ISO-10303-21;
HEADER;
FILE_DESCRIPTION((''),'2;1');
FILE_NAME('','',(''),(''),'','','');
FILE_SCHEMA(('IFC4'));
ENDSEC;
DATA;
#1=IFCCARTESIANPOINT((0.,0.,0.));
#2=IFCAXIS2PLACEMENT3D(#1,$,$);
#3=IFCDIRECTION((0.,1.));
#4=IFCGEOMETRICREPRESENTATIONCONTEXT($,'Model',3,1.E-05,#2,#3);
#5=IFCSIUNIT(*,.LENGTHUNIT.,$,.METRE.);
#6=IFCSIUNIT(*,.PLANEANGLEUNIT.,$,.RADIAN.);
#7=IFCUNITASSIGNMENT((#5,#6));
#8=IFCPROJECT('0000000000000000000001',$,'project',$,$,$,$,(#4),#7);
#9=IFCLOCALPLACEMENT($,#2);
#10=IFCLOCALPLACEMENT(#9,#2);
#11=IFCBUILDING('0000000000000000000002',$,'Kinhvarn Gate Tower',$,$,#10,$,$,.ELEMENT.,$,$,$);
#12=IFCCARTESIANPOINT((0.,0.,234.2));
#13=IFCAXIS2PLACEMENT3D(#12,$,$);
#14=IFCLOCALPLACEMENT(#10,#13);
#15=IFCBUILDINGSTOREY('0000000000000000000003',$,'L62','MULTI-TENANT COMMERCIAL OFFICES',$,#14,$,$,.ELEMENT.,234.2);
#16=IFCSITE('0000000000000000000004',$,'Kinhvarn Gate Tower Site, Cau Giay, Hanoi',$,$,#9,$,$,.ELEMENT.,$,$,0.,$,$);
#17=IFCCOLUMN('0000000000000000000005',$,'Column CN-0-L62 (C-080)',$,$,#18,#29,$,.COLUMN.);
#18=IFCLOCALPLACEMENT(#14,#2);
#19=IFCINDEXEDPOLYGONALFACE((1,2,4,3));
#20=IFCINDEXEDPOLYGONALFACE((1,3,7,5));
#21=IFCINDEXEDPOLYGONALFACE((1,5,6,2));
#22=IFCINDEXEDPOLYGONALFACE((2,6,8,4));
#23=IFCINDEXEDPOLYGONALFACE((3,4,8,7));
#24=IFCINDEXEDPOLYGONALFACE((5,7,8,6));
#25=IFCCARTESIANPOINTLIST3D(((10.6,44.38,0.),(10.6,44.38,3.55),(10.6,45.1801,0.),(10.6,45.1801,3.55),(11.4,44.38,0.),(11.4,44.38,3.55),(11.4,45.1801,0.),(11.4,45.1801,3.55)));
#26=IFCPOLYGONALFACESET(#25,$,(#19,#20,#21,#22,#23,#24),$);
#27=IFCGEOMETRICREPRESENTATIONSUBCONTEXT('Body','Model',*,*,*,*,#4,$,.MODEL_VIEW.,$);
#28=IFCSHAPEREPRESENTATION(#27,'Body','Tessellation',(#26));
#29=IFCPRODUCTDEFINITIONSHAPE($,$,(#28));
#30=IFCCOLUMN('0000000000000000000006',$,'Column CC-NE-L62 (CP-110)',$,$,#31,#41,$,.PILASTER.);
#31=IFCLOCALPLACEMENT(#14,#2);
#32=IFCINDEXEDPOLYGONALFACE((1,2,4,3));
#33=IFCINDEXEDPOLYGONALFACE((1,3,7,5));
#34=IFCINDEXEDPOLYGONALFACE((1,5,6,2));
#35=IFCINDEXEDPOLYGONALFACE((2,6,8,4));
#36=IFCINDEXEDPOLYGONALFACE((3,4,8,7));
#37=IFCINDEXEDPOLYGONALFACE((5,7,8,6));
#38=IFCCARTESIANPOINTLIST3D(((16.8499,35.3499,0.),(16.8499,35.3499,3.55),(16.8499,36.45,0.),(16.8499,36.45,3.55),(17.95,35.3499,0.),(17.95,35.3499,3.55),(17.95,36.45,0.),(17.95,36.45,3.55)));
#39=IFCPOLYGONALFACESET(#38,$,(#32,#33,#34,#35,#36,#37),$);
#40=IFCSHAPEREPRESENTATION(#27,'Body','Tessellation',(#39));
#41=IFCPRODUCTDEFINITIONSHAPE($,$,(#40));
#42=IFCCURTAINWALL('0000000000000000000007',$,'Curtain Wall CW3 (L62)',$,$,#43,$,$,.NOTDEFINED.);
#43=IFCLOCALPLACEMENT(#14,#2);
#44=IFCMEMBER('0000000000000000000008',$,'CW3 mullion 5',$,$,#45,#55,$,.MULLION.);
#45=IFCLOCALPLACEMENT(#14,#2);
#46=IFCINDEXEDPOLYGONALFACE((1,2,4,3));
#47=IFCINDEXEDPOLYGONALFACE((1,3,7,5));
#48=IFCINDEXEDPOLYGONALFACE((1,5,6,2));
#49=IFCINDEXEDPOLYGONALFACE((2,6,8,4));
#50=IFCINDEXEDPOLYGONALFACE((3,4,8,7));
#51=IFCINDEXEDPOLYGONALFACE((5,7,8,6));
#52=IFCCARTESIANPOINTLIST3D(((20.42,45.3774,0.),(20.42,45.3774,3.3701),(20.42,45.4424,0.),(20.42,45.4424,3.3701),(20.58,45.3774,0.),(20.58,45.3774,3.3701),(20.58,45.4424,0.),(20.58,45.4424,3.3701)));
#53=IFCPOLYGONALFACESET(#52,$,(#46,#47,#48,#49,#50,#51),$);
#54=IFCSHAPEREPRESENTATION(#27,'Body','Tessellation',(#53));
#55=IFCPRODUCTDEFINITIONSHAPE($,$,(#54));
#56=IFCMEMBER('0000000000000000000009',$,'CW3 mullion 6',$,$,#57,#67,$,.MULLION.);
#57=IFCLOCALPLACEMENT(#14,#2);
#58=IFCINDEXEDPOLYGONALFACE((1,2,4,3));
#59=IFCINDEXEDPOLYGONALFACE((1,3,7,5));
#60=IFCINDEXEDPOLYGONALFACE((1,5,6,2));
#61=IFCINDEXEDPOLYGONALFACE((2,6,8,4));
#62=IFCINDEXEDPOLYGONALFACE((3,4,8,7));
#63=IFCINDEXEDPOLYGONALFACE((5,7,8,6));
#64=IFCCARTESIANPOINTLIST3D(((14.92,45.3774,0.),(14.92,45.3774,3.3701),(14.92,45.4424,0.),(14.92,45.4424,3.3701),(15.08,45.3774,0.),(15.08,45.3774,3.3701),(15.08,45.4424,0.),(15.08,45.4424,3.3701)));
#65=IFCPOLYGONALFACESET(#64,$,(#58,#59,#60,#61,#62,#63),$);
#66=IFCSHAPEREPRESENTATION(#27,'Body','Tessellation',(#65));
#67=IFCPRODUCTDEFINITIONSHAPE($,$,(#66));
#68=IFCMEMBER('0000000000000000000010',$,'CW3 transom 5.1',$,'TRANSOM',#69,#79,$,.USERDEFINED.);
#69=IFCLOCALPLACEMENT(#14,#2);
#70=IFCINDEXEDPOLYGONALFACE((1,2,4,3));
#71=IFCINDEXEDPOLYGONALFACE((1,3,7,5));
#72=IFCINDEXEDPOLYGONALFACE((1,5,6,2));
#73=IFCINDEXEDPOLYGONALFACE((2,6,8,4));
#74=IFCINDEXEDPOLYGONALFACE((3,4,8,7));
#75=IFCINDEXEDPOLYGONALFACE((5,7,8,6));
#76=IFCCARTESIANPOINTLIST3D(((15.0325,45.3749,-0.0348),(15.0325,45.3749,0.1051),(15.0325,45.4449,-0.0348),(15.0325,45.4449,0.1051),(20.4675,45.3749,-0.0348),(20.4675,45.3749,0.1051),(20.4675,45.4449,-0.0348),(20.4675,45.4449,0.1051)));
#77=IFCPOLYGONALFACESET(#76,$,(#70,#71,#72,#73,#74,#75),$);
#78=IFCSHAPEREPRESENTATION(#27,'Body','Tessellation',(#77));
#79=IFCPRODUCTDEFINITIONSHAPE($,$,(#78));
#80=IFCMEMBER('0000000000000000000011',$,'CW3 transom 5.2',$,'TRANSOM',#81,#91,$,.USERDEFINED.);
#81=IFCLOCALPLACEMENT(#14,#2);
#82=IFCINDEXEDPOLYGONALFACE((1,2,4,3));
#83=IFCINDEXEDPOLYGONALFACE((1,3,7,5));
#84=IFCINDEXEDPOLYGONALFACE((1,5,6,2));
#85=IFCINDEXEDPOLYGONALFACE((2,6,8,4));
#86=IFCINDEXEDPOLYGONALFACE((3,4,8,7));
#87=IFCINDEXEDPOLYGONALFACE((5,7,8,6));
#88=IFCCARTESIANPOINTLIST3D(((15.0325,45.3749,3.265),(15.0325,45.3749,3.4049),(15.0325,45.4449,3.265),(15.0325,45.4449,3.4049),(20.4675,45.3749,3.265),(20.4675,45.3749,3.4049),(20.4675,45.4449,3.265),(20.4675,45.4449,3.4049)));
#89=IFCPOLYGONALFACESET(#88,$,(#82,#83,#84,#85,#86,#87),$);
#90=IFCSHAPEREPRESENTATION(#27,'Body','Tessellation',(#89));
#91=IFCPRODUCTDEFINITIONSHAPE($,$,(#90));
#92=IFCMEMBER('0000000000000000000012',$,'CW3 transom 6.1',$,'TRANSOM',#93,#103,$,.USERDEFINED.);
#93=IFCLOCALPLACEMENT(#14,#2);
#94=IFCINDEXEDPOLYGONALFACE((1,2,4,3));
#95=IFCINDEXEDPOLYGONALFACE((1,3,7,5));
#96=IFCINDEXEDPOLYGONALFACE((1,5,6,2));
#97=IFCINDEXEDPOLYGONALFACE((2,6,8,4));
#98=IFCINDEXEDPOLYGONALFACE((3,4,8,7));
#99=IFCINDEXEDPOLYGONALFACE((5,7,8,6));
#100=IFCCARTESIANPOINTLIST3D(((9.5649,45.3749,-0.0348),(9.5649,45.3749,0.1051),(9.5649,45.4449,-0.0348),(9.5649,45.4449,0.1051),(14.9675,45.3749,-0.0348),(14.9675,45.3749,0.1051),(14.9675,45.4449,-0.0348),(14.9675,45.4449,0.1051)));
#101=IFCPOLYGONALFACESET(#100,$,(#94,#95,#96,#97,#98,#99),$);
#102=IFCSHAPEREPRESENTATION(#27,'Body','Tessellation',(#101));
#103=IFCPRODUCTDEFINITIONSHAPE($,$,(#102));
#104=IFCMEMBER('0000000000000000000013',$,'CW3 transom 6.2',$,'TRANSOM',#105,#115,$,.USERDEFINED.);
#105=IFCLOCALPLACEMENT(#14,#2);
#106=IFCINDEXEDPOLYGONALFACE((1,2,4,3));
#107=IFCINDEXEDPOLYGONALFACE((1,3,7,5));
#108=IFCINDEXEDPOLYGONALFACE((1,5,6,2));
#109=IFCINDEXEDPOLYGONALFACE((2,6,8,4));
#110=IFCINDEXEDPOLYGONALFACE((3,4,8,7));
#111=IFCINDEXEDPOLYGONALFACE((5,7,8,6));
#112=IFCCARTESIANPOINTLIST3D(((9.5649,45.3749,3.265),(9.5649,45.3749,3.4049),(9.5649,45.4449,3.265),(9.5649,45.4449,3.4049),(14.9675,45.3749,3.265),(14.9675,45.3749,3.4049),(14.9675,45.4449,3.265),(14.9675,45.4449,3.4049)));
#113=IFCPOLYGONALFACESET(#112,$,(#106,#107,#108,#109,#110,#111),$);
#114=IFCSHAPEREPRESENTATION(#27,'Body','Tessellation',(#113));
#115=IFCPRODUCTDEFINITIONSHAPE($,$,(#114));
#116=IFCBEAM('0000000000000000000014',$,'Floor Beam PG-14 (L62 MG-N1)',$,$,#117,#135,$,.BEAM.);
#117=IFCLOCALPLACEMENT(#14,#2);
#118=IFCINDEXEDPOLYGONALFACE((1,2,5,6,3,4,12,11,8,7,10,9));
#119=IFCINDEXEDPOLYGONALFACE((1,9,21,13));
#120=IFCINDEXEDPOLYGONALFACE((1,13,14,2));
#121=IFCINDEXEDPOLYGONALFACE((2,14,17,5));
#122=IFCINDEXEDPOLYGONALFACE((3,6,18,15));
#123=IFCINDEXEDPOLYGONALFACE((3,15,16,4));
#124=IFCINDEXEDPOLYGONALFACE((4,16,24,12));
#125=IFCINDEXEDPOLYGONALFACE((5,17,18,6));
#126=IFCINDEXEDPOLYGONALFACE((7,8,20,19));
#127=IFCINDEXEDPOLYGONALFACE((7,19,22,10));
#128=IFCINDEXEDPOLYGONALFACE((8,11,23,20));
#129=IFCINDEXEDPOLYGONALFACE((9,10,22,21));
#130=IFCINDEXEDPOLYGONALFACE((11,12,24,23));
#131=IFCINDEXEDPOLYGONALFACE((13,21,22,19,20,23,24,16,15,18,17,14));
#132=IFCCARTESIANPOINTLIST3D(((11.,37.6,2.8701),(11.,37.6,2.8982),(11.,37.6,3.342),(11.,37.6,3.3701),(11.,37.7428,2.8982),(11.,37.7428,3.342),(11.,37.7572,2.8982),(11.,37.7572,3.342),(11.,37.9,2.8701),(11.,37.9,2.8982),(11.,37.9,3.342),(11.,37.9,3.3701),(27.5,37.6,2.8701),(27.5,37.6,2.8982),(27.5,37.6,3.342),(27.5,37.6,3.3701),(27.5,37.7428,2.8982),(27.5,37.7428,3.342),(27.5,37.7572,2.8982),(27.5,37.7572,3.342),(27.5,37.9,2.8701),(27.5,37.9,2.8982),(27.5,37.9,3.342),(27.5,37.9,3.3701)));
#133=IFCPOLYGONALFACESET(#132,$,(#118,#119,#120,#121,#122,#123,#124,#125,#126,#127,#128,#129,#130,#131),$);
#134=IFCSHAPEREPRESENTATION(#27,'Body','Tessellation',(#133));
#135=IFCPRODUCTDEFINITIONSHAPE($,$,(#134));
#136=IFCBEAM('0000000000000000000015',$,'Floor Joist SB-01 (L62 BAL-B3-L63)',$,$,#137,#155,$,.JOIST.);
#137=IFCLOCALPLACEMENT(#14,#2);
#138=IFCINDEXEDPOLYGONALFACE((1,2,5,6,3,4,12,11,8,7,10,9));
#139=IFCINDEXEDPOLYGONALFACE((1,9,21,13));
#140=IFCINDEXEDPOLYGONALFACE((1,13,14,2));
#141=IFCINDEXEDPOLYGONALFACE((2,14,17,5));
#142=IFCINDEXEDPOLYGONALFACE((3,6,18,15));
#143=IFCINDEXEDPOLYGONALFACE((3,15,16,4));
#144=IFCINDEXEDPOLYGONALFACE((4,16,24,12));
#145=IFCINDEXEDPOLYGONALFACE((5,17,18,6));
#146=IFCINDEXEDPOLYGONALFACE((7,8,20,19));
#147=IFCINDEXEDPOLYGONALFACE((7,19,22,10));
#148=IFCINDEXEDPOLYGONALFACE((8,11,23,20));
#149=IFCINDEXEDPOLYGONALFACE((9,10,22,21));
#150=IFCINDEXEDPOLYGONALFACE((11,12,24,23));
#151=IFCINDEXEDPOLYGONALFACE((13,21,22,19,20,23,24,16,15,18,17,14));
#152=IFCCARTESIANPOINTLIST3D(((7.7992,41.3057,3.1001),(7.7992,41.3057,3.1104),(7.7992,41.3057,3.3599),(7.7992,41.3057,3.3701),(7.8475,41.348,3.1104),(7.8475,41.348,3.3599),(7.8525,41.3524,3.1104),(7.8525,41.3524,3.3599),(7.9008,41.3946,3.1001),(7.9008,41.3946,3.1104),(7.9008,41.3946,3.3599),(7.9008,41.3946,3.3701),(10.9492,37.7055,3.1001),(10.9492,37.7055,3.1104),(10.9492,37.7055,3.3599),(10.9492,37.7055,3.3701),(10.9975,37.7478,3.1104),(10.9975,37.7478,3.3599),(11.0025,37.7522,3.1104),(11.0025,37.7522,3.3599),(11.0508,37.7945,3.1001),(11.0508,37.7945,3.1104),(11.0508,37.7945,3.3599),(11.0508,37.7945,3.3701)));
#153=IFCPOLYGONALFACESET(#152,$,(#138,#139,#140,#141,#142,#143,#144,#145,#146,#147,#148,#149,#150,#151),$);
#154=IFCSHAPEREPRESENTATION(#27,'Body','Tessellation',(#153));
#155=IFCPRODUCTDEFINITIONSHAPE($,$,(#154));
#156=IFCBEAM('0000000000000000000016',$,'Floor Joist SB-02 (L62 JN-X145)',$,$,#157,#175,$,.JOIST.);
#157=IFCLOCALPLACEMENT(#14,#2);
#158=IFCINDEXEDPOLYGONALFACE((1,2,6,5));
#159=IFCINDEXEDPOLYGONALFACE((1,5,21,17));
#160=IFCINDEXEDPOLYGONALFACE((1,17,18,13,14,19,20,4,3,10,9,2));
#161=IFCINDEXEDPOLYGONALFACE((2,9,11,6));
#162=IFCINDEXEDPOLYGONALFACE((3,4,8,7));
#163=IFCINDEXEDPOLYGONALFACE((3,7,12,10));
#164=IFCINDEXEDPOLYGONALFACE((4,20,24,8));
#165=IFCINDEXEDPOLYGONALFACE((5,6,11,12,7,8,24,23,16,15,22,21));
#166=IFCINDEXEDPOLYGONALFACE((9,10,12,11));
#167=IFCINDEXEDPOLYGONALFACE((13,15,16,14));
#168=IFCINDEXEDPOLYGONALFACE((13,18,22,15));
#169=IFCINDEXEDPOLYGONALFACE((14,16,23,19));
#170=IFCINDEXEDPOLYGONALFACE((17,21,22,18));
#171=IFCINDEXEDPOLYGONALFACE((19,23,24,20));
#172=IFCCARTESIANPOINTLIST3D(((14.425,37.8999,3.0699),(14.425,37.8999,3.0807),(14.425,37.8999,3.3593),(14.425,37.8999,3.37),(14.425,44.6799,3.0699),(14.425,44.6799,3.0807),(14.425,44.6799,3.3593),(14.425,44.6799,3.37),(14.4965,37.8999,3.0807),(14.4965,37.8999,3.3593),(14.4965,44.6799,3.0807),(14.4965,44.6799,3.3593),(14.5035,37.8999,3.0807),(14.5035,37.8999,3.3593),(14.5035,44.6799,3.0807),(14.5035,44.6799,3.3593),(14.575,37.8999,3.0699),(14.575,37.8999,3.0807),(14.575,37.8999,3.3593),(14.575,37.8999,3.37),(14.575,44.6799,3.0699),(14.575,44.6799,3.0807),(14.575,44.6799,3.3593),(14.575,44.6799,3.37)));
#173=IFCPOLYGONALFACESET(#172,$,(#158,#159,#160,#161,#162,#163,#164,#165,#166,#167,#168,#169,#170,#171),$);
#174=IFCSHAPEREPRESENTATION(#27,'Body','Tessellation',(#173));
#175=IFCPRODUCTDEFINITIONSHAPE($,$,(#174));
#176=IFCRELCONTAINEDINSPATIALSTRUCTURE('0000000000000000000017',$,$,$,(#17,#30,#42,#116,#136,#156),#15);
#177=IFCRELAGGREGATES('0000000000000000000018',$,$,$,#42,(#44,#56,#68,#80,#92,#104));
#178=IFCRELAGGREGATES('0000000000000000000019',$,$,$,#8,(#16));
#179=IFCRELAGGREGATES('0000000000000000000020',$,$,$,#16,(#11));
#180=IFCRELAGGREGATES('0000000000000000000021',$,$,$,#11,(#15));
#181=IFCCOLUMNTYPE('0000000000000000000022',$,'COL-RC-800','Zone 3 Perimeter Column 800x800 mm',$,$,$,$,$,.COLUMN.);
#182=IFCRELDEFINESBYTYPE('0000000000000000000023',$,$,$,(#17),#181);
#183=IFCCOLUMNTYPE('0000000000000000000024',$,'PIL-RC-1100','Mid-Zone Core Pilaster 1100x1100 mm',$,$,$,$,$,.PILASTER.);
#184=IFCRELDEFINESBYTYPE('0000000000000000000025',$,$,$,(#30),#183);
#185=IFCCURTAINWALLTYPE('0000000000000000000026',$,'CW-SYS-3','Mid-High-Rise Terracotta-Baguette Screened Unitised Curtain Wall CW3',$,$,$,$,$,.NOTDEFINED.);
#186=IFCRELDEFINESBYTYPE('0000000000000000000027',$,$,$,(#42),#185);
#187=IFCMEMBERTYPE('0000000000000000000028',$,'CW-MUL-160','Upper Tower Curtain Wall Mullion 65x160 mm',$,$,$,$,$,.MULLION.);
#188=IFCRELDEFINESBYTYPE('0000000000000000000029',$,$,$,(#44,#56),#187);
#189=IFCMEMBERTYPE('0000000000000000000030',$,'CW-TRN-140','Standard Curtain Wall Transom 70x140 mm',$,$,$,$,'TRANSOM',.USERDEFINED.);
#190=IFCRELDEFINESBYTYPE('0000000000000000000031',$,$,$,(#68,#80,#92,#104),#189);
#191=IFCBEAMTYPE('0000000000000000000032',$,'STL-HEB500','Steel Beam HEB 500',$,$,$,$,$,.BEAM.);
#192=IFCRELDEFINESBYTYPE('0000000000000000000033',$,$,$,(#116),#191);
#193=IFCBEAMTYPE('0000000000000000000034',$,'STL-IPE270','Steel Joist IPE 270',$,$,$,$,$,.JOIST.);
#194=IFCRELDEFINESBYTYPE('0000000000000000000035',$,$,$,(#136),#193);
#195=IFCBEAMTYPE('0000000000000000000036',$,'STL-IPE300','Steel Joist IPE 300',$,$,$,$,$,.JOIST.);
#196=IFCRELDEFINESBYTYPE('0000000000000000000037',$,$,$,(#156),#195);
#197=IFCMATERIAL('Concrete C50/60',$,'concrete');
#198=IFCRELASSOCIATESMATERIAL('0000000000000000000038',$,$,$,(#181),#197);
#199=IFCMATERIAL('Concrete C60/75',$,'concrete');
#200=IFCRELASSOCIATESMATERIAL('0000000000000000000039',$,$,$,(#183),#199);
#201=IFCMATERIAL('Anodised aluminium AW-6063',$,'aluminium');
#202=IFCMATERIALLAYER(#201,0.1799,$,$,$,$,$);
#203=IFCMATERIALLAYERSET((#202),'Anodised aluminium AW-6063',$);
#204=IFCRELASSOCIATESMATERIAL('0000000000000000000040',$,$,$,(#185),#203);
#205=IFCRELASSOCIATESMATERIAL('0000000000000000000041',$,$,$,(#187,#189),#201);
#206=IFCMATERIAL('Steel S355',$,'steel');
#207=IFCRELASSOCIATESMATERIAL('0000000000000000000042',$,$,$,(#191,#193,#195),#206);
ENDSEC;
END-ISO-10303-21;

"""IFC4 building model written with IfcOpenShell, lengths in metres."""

from ifc_helpers import new_model, si_unit, direction, frame, origin, origin_2d, place, context, subcontext, project, spatial, rectangle, i_section, extrude, material, layer, layer_set, material_profile, profile_set, type_object, element, aggregate, save


model = new_model("IFC4")

# Units and contexts
model_context = context("Model", 3, precision=1e-05, world=origin(), true_north=direction((0.0, 1.0)))
body_context = subcontext(model_context, "Body", "Model", "MODEL_VIEW")
ifc_project = project(units=[si_unit("LENGTHUNIT", "METRE"), si_unit("PLANEANGLEUNIT", "RADIAN")], contexts=[model_context])

# Site, building, storey
site_placement = place(None, origin())
site = spatial("IfcSite", under=ifc_project, at=site_placement, Name="Kinhvarn Gate Tower Site, Cau Giay, Hanoi", CompositionType="ELEMENT", RefElevation=0.0)
building_placement = place(site_placement, origin())
building = spatial("IfcBuilding", under=site, at=building_placement, Name="Kinhvarn Gate Tower", CompositionType="ELEMENT")
storey_placement = place(building_placement, frame((0.0, 0.0, 234.2)))
storey = spatial("IfcBuildingStorey", under=building, at=storey_placement, Name="L62", Description="MULTI-TENANT COMMERCIAL OFFICES", CompositionType="ELEMENT", Elevation=234.2)

# Columns
ifc_material_1 = material(Name="Concrete C50/60", Category="concrete")
ifc_material_profile_1 = material_profile(ifc_material_1, rectangle(XDim=0.8, YDim=0.8, at=origin_2d()), Name="RC 800x800")
ifc_profile_set_1 = profile_set([ifc_material_profile_1], Name="Concrete C50/60")
column_type_1 = type_object("IfcColumnType", Name="COL-RC-800", Description="Zone 3 Perimeter Column 800x800 mm", PredefinedType="COLUMN", material=ifc_profile_set_1)
column_1_placement = place(storey_placement, frame((11.0, 44.78, 0.0), z_axis=(0.0, 0.0, 1.0), x_axis=(1.0, 0.0, 0.0)))
element("IfcColumn", 1, at=column_1_placement, inside=storey, type_object=column_type_1, Name="Column CN-0-L62 (C-080)", PredefinedType="COLUMN", context=body_context, shape_type="SweptSolid", body=[
    extrude(rectangle(XDim=0.8, YDim=0.8, at=origin_2d()), origin(), (0.0, 0.0, 1.0), 3.55),
])
ifc_material_2 = material(Name="Concrete C60/75", Category="concrete")
ifc_material_profile_2 = material_profile(ifc_material_2, rectangle(XDim=1.1001, YDim=1.1001, at=origin_2d()), Name="RC 1100x1100")
ifc_profile_set_2 = profile_set([ifc_material_profile_2], Name="Concrete C60/75")
column_type_2 = type_object("IfcColumnType", Name="PIL-RC-1100", Description="Mid-Zone Core Pilaster 1100x1100 mm", PredefinedType="PILASTER", material=ifc_profile_set_2)
column_2_placement = place(storey_placement, frame((17.3999, 35.8999, 0.0), z_axis=(0.0, 0.0, 1.0), x_axis=(1.0, 0.0, 0.0)))
element("IfcColumn", 2, at=column_2_placement, inside=storey, type_object=column_type_2, Name="Column CC-NE-L62 (CP-110)", PredefinedType="PILASTER", context=body_context, shape_type="SweptSolid", body=[
    extrude(rectangle(XDim=1.1001, YDim=1.1001, at=origin_2d()), origin(), (0.0, 0.0, 1.0), 3.55),
])

# Curtain wall, members
ifc_material_3 = material(Name="Anodised aluminium AW-6063", Category="aluminium")
ifc_layer_1 = layer(ifc_material_3, 0.1799)
ifc_layer_set_1 = layer_set([ifc_layer_1], Name="Anodised aluminium AW-6063")
curtain_wall_type = type_object("IfcCurtainWallType", Name="CW-SYS-3", Description="Mid-High-Rise Terracotta-Baguette Screened Unitised Curtain Wall CW3", PredefinedType="NOTDEFINED", material=ifc_layer_set_1)
curtain_wall_placement = place(storey_placement, origin())
curtain_wall = element("IfcCurtainWall", 3, at=curtain_wall_placement, inside=storey, type_object=curtain_wall_type, Name="Curtain Wall CW3 (L62)", PredefinedType="NOTDEFINED")
ifc_material_profile_3 = material_profile(ifc_material_3, rectangle(XDim=0.0649, YDim=0.1599, at=origin_2d()), Name="ALU 65x160")
ifc_profile_set_3 = profile_set([ifc_material_profile_3], Name="Anodised aluminium AW-6063")
member_type_1 = type_object("IfcMemberType", Name="CW-MUL-160", Description="Upper Tower Curtain Wall Mullion 65x160 mm", PredefinedType="MULLION", material=ifc_profile_set_3)
member_1_placement = place(storey_placement, frame((20.5, 45.4099, 0.0), z_axis=(0.0, 0.0, 1.0), x_axis=(0.0, -1.0, 0.0)))
member_1 = element("IfcMember", 4, at=member_1_placement, type_object=member_type_1, Name="CW3 mullion 5", PredefinedType="MULLION", context=body_context, shape_type="SweptSolid", body=[
    extrude(rectangle(XDim=0.0649, YDim=0.1599, at=origin_2d()), origin(), (0.0, 0.0, 1.0), 3.3701),
])
member_2_placement = place(storey_placement, frame((15.0, 45.4099, 0.0), z_axis=(0.0, 0.0, 1.0), x_axis=(0.0, -1.0, 0.0)))
member_2 = element("IfcMember", 5, at=member_2_placement, type_object=member_type_1, Name="CW3 mullion 6", PredefinedType="MULLION", context=body_context, shape_type="SweptSolid", body=[
    extrude(rectangle(XDim=0.0649, YDim=0.1599, at=origin_2d()), origin(), (0.0, 0.0, 1.0), 3.3701),
])
ifc_material_profile_4 = material_profile(ifc_material_3, rectangle(XDim=0.0701, YDim=0.1399, at=origin_2d()), Name="ALU 70x140")
ifc_profile_set_4 = profile_set([ifc_material_profile_4], Name="Anodised aluminium AW-6063")
member_type_2 = type_object("IfcMemberType", Name="CW-TRN-140", Description="Standard Curtain Wall Transom 70x140 mm", ElementType="TRANSOM", PredefinedType="USERDEFINED", material=ifc_profile_set_4)
member_3_placement = place(storey_placement, frame((20.4675, 45.4099, 0.0352), z_axis=(-1.0, 0.0, 0.0), x_axis=(0.0, -1.0, 0.0)))
member_3 = element("IfcMember", 6, at=member_3_placement, type_object=member_type_2, Name="CW3 transom 5.1", ObjectType="TRANSOM", PredefinedType="USERDEFINED", context=body_context, shape_type="SweptSolid", body=[
    extrude(rectangle(XDim=0.0701, YDim=0.1399, at=origin_2d()), origin(), (0.0, 0.0, 1.0), 5.4351),
])
member_4_placement = place(storey_placement, frame((20.4675, 45.4099, 3.335), z_axis=(-1.0, 0.0, 0.0), x_axis=(0.0, -1.0, 0.0)))
member_4 = element("IfcMember", 7, at=member_4_placement, type_object=member_type_2, Name="CW3 transom 5.2", ObjectType="TRANSOM", PredefinedType="USERDEFINED", context=body_context, shape_type="SweptSolid", body=[
    extrude(rectangle(XDim=0.0701, YDim=0.1399, at=origin_2d()), origin(), (0.0, 0.0, 1.0), 5.4351),
])
member_5_placement = place(storey_placement, frame((14.9675, 45.4099, 0.0352), z_axis=(-1.0, 0.0, 0.0), x_axis=(0.0, -1.0, 0.0)))
member_5 = element("IfcMember", 8, at=member_5_placement, type_object=member_type_2, Name="CW3 transom 6.1", ObjectType="TRANSOM", PredefinedType="USERDEFINED", context=body_context, shape_type="SweptSolid", body=[
    extrude(rectangle(XDim=0.0701, YDim=0.1399, at=origin_2d()), origin(), (0.0, 0.0, 1.0), 5.4026),
])
member_6_placement = place(storey_placement, frame((14.9675, 45.4099, 3.335), z_axis=(-1.0, 0.0, 0.0), x_axis=(0.0, -1.0, 0.0)))
member_6 = element("IfcMember", 9, at=member_6_placement, type_object=member_type_2, Name="CW3 transom 6.2", ObjectType="TRANSOM", PredefinedType="USERDEFINED", context=body_context, shape_type="SweptSolid", body=[
    extrude(rectangle(XDim=0.0701, YDim=0.1399, at=origin_2d()), origin(), (0.0, 0.0, 1.0), 5.4026),
])

# Beams
ifc_material_4 = material(Name="Steel S355", Category="steel")
ifc_material_profile_5 = material_profile(ifc_material_4, i_section(OverallWidth=0.3, OverallDepth=0.5, WebThickness=0.0144, FlangeThickness=0.0281, at=origin_2d()), Name="HEB 500")
ifc_profile_set_5 = profile_set([ifc_material_profile_5], Name="Steel S355")
beam_type_1 = type_object("IfcBeamType", Name="STL-HEB500", Description="Steel Beam HEB 500", PredefinedType="BEAM", material=ifc_profile_set_5)
beam_1_placement = place(storey_placement, frame((11.0, 37.75, 3.1201), z_axis=(1.0, 0.0, 0.0), x_axis=(0.0, 1.0, 0.0)))
element("IfcBeam", 10, at=beam_1_placement, inside=storey, type_object=beam_type_1, Name="Floor Beam PG-14 (L62 MG-N1)", PredefinedType="BEAM", context=body_context, shape_type="SweptSolid", body=[
    extrude(i_section(OverallWidth=0.3, OverallDepth=0.5, WebThickness=0.0144, FlangeThickness=0.0281, at=origin_2d()), origin(), (0.0, 0.0, 1.0), 16.5),
])
ifc_material_profile_6 = material_profile(ifc_material_4, i_section(OverallWidth=0.135, OverallDepth=0.27, WebThickness=0.0066, FlangeThickness=0.0103, at=origin_2d()), Name="IPE 270")
ifc_profile_set_6 = profile_set([ifc_material_profile_6], Name="Steel S355")
beam_type_2 = type_object("IfcBeamType", Name="STL-IPE270", Description="Steel Joist IPE 270", PredefinedType="JOIST", material=ifc_profile_set_6)
beam_2_placement = place(storey_placement, frame((11.0, 37.75, 3.2351), z_axis=(-0.658483, 0.752596, 0.0), x_axis=(-0.752596, -0.658483, 0.0)))
element("IfcBeam", 11, at=beam_2_placement, inside=storey, type_object=beam_type_2, Name="Floor Joist SB-01 (L62 BAL-B3-L63)", PredefinedType="JOIST", context=body_context, shape_type="SweptSolid", body=[
    extrude(i_section(OverallWidth=0.135, OverallDepth=0.27, WebThickness=0.0066, FlangeThickness=0.0103, at=origin_2d()), origin(), (0.0, 0.0, 1.0), 4.7837),
])
ifc_material_profile_7 = material_profile(ifc_material_4, i_section(OverallWidth=0.1499, OverallDepth=0.3, WebThickness=0.0071, FlangeThickness=0.0107, at=origin_2d()), Name="IPE 300")
ifc_profile_set_7 = profile_set([ifc_material_profile_7], Name="Steel S355")
beam_type_3 = type_object("IfcBeamType", Name="STL-IPE300", Description="Steel Joist IPE 300", PredefinedType="JOIST", material=ifc_profile_set_7)
for number, where, z_axis, x_axis, name in (
    (12, (14.5, 37.8999, 3.22), (0.0, 1.0, 0.0), (-1.0, 0.0, 0.0), "Floor Joist SB-02 (L62 JN-X145)"),
):
    element("IfcBeam", number, at=place(storey_placement, frame(where, z_axis=z_axis, x_axis=x_axis)), inside=storey, type_object=beam_type_3, Name=name, PredefinedType="JOIST", context=body_context, shape_type="SweptSolid", body=[
        extrude(i_section(OverallWidth=0.1499, OverallDepth=0.3, WebThickness=0.0071, FlangeThickness=0.0107, at=origin_2d()), origin(), (0.0, 0.0, 1.0), 6.78),
    ])

aggregate(curtain_wall, [member_1, member_2, member_3, member_4, member_5, member_6])

save(model, "model.ifc")
